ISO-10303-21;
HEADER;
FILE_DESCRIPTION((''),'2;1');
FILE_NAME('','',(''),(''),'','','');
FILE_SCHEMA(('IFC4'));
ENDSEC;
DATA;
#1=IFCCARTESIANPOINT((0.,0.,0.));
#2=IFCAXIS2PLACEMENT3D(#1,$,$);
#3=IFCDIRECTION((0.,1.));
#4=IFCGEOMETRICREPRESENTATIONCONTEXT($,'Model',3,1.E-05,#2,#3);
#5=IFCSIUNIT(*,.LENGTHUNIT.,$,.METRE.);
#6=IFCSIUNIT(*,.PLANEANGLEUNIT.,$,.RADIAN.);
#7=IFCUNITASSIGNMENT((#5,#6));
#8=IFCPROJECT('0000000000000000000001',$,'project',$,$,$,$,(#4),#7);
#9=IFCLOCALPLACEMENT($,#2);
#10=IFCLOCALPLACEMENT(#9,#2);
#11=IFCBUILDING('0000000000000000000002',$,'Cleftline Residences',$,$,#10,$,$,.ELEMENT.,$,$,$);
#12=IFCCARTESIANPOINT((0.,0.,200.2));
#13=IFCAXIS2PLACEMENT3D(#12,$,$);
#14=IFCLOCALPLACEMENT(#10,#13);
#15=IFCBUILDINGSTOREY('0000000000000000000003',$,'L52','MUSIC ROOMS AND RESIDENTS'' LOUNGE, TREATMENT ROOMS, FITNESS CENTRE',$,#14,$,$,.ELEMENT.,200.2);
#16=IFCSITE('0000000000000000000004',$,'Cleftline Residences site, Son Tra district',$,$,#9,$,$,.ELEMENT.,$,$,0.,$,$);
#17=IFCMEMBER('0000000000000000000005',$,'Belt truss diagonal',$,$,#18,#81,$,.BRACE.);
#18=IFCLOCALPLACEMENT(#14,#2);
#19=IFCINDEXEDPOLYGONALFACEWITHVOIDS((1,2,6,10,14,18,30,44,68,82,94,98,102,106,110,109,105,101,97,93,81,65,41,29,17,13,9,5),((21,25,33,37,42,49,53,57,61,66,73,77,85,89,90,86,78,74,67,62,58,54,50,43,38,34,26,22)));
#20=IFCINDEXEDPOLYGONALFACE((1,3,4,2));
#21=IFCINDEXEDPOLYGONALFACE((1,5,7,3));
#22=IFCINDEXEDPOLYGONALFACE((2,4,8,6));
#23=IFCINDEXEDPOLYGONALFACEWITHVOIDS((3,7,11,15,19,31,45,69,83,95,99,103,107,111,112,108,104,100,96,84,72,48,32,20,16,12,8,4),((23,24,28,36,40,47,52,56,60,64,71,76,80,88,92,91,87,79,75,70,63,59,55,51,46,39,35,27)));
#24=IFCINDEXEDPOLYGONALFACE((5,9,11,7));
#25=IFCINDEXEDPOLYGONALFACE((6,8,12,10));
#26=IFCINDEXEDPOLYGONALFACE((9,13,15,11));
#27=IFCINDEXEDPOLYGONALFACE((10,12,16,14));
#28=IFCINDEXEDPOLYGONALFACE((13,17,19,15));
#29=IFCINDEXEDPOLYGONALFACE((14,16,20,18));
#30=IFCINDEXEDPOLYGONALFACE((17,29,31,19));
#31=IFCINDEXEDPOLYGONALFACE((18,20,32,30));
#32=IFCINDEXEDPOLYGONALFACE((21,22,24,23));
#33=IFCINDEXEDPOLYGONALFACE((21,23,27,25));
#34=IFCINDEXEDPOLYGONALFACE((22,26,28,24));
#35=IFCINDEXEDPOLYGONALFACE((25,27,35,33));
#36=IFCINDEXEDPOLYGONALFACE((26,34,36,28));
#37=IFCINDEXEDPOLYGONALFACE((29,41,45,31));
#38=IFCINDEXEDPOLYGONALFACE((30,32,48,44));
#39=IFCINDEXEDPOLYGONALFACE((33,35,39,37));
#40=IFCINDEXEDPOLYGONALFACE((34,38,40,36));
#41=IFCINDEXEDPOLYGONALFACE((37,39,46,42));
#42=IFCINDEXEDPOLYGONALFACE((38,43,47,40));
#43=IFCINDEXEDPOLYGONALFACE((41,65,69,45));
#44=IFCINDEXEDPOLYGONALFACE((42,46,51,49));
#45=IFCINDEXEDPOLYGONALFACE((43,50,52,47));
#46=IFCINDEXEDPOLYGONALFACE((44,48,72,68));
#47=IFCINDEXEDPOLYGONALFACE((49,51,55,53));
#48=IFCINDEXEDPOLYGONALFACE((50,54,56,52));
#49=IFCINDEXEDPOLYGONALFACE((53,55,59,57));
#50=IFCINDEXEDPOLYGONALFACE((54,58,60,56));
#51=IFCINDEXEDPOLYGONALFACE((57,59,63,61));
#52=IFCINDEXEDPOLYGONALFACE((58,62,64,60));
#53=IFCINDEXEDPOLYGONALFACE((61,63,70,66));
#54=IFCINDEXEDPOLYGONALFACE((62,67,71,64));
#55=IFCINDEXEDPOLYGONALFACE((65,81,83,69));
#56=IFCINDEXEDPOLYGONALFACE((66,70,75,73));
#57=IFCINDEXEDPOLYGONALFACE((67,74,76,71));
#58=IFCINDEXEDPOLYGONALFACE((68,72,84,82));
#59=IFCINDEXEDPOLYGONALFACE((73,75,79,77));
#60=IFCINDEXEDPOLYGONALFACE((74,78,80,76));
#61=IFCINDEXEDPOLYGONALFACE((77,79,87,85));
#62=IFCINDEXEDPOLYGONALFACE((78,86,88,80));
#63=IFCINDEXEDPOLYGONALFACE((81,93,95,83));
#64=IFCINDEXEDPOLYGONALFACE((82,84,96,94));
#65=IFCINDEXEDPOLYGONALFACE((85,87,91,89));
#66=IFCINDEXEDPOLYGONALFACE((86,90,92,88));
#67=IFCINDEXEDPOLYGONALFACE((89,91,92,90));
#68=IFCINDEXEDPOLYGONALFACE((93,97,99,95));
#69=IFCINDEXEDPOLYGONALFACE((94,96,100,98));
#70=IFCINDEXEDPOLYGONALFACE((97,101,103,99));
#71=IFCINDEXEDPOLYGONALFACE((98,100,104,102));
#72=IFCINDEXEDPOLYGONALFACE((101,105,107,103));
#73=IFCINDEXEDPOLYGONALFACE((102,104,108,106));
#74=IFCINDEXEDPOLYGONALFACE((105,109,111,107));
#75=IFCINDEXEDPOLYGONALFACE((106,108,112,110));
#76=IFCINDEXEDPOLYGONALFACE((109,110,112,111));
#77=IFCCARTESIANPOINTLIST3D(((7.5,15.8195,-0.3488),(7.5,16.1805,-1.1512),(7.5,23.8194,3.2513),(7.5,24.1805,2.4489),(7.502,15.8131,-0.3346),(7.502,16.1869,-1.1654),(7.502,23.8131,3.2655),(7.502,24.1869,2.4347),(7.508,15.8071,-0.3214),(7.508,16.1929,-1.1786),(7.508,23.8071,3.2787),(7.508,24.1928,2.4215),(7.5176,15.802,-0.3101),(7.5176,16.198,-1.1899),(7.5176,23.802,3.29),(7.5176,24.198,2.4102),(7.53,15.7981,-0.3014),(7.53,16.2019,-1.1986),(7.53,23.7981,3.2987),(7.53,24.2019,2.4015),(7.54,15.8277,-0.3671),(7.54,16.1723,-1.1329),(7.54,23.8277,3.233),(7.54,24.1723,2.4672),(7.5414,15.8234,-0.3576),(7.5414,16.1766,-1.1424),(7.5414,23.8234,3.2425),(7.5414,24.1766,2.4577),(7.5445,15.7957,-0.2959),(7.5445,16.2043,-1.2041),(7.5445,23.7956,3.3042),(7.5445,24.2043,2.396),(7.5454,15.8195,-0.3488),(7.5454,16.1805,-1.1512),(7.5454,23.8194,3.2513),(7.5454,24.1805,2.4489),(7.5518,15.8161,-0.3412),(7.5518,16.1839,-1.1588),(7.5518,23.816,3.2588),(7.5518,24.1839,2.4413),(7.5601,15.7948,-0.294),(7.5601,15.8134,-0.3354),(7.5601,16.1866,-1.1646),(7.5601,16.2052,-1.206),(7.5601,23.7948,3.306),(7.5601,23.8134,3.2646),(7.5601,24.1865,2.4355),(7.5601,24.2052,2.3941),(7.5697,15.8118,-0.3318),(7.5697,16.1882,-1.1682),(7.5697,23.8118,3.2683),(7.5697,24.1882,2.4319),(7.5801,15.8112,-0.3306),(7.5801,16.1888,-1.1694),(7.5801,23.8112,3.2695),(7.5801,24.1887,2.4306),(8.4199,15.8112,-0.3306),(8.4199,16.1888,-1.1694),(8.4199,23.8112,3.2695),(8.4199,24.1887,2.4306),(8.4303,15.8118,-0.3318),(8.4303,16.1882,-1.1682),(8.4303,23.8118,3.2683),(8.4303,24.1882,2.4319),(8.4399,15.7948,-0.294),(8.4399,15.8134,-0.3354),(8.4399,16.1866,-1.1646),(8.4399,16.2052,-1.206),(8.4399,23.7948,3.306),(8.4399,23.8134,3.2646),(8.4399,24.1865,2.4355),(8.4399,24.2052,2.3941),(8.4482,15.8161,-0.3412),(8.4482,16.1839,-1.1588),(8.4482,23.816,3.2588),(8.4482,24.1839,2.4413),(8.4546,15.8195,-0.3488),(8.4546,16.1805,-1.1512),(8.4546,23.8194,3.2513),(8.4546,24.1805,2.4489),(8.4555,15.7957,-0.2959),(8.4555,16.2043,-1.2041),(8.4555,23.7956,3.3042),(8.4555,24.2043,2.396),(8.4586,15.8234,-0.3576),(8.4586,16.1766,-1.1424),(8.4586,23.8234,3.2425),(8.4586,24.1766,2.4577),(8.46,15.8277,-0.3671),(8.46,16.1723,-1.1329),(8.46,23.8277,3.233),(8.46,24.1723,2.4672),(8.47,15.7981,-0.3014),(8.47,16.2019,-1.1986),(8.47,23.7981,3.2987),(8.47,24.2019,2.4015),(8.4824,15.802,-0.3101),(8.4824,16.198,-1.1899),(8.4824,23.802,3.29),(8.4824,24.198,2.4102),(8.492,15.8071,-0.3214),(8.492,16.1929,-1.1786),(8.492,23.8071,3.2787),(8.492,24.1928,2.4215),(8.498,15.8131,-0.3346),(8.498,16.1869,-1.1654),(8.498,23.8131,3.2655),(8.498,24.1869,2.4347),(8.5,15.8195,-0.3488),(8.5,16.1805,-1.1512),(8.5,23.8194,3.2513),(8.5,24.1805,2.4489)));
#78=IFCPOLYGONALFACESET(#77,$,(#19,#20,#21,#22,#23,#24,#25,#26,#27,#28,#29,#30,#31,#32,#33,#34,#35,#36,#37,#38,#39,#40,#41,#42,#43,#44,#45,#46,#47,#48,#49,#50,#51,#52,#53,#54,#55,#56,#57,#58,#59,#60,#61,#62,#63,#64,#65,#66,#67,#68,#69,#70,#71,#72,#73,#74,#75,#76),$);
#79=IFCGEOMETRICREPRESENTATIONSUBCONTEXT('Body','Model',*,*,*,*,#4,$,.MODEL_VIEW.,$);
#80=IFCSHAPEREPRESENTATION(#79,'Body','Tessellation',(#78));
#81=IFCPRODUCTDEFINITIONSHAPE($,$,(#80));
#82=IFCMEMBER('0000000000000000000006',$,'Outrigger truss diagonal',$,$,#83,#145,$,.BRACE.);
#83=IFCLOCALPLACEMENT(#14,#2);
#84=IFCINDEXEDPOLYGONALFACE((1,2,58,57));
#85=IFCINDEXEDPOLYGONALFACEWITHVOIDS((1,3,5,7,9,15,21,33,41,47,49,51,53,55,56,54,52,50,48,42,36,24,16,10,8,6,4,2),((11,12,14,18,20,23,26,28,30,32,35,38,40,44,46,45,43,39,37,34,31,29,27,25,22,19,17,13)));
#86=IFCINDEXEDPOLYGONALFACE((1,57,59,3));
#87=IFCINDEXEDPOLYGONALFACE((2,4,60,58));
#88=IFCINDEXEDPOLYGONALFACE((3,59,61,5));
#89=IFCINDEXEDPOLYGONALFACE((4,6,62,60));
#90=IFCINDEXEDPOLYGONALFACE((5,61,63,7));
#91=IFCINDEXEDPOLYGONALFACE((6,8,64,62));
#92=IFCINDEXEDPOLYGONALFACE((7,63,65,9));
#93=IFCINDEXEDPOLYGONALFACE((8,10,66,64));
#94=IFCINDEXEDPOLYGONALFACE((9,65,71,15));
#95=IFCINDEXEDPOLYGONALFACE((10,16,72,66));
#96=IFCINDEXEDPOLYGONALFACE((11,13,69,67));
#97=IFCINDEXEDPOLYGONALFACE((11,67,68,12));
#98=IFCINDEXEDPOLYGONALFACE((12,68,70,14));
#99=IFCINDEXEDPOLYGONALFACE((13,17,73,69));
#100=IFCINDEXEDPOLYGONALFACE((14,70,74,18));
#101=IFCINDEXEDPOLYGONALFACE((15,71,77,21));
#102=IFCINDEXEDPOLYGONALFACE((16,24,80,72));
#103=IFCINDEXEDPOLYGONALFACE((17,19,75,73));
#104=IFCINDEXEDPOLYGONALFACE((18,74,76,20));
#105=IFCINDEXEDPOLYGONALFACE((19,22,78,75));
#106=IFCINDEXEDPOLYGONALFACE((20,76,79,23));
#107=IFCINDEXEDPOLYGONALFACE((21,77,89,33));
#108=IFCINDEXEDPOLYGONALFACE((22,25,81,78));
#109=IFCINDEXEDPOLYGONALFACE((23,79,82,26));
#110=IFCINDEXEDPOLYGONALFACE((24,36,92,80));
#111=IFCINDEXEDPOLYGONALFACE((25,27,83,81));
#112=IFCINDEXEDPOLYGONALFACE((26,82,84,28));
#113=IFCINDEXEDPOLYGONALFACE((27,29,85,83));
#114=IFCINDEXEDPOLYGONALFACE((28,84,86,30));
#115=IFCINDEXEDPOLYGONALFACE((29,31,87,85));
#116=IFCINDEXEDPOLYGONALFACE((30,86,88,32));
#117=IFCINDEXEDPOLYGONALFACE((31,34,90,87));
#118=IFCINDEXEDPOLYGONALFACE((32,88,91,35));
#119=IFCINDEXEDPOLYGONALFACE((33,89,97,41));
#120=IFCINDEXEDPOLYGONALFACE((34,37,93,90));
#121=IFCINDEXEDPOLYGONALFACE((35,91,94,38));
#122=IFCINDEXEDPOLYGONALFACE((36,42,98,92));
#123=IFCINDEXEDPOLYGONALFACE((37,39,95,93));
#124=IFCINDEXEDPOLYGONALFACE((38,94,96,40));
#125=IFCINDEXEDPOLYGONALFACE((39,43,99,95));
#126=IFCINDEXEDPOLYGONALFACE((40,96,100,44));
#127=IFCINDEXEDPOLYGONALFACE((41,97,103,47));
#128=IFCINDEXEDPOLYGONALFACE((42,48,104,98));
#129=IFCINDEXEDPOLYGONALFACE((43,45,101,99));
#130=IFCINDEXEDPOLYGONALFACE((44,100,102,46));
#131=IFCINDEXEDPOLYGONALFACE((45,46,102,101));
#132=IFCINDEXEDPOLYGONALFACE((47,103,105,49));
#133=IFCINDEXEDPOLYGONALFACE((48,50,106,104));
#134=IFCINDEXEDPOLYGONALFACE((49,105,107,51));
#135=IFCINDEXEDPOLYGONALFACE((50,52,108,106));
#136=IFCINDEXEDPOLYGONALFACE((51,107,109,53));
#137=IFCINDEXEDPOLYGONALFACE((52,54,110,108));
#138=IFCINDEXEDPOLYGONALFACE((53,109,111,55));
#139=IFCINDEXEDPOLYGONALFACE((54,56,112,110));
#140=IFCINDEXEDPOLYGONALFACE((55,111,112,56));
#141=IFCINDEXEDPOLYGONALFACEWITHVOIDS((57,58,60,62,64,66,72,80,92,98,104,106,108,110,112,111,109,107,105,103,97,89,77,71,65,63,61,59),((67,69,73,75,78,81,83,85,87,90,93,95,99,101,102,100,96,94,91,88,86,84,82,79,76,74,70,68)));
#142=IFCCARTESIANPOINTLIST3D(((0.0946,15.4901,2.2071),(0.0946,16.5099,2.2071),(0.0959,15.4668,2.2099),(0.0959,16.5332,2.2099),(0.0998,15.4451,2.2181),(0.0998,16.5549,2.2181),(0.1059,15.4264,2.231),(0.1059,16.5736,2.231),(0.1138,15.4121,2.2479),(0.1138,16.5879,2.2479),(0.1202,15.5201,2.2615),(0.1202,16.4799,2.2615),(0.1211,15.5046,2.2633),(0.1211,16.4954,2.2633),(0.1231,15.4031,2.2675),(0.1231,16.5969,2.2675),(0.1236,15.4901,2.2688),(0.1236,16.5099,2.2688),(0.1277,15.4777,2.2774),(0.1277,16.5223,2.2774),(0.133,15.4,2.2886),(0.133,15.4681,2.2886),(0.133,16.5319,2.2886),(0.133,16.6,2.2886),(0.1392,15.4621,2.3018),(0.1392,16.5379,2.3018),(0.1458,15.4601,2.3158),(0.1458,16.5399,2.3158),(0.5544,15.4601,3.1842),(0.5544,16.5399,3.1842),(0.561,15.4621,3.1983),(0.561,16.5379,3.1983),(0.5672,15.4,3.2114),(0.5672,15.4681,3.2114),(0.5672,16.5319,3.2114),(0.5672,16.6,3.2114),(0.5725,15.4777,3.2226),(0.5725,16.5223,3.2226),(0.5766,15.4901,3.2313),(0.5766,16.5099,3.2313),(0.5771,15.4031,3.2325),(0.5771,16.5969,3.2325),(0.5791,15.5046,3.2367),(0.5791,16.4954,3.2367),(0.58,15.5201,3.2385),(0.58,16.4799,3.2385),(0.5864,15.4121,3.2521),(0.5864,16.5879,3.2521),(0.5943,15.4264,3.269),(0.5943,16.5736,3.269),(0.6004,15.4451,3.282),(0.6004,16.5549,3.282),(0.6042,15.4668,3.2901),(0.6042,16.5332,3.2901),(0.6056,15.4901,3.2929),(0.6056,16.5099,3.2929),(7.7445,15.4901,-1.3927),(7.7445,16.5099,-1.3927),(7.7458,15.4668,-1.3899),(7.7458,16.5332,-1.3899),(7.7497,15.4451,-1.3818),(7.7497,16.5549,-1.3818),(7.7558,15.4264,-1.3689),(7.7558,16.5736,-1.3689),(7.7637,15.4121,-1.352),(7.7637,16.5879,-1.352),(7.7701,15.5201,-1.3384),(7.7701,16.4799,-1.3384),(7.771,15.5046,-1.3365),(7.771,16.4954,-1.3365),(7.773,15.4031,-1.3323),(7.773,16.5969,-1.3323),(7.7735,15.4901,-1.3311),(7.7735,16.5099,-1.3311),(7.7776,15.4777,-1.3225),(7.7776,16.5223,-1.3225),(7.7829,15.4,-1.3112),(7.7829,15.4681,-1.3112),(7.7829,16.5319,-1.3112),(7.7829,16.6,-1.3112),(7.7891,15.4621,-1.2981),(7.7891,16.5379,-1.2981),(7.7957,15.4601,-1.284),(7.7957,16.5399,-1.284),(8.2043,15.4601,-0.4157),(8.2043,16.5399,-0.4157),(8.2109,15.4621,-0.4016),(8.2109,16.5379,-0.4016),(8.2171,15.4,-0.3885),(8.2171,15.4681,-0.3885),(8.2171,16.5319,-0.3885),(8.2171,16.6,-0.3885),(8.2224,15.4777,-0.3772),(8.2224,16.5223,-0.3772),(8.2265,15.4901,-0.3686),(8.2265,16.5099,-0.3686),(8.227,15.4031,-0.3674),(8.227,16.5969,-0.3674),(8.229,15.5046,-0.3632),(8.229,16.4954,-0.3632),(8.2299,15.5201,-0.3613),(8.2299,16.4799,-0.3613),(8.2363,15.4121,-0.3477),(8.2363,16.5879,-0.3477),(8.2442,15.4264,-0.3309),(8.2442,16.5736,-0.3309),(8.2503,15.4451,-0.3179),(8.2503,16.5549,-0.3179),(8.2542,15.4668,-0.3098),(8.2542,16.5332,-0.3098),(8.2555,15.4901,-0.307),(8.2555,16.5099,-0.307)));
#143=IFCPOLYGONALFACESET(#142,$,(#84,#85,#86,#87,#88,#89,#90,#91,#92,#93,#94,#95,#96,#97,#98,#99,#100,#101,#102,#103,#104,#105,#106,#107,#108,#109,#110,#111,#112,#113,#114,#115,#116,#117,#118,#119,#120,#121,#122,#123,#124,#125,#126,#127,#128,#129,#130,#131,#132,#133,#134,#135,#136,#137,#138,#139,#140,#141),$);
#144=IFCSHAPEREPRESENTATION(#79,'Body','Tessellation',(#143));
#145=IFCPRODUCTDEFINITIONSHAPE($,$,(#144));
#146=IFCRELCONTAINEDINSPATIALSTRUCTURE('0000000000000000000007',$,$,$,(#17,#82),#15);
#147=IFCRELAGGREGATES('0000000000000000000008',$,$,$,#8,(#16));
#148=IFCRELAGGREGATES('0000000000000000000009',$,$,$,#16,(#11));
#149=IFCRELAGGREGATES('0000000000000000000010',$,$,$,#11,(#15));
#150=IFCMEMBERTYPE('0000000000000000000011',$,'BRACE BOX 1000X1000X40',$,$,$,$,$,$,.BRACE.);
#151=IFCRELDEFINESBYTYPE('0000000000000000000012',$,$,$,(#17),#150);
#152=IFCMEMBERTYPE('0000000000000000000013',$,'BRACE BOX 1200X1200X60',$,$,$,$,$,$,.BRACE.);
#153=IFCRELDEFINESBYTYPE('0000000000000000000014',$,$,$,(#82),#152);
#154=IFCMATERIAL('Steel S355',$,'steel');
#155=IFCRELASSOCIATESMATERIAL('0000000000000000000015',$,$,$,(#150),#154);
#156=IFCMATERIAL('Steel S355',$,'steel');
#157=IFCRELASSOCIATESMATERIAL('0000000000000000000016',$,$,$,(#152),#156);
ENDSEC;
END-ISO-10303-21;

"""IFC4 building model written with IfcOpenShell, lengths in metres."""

from ifc_helpers import new_model, si_unit, direction, frame, origin, origin_2d, place, context, subcontext, project, spatial, hollow_rectangle, extrude, material, material_profile, profile_set, type_object, element, save


model = new_model("IFC4")

# Units and contexts
model_context = context("Model", 3, precision=1e-05, world=origin(), true_north=direction((0.0, 1.0)))
body_context = subcontext(model_context, "Body", "Model", "MODEL_VIEW")
ifc_project = project(units=[si_unit("LENGTHUNIT", "METRE"), si_unit("PLANEANGLEUNIT", "RADIAN")], contexts=[model_context])

# Site, building, storey
site_placement = place(None, origin())
site = spatial("IfcSite", under=ifc_project, at=site_placement, Name="Cleftline Residences site, Son Tra district", CompositionType="ELEMENT", RefElevation=0.0)
building_placement = place(site_placement, origin())
building = spatial("IfcBuilding", under=site, at=building_placement, Name="Cleftline Residences", CompositionType="ELEMENT")
storey_placement = place(building_placement, frame((0.0, 0.0, 200.2)))
storey = spatial("IfcBuildingStorey", under=building, at=storey_placement, Name="L52", Description="MUSIC ROOMS AND RESIDENTS' LOUNGE, TREATMENT ROOMS, FITNESS CENTRE", CompositionType="ELEMENT", Elevation=200.2)

# Members
ifc_material_1 = material(Name="Steel S355", Category="steel")
ifc_material_profile_1 = material_profile(ifc_material_1, hollow_rectangle(XDim=1.0, YDim=1.0, WallThickness=0.04, InnerFilletRadius=0.04, OuterFilletRadius=0.0601, at=origin_2d()))
ifc_profile_set_1 = profile_set([ifc_material_profile_1], Name="Steel S355")
member_type_1 = type_object("IfcMemberType", Name="BRACE BOX 1000X1000X40", PredefinedType="BRACE", material=ifc_profile_set_1)
for number, where, z_axis, x_axis, name in (
    (1, (8.0, 16.0, -0.75), (0.0, 0.911917, 0.410374), (0.0, -0.410374, 0.911917), "Belt truss diagonal"),
):
    element("IfcMember", number, at=place(storey_placement, frame(where, z_axis=z_axis, x_axis=x_axis)), inside=storey, type_object=member_type_1, Name=name, PredefinedType="BRACE", context=body_context, shape_type="SweptSolid", body=[
        extrude(hollow_rectangle(XDim=1.0, YDim=1.0, WallThickness=0.04, InnerFilletRadius=0.04, OuterFilletRadius=0.0601, at=origin_2d()), origin(), (0.0, 0.0, 1.0), 8.7727),
    ])
ifc_material_2 = material(Name="Steel S355", Category="steel")
ifc_material_profile_2 = material_profile(ifc_material_2, hollow_rectangle(XDim=1.2, YDim=1.2, WallThickness=0.0601, InnerFilletRadius=0.0601, OuterFilletRadius=0.0901, at=origin_2d()))
ifc_profile_set_2 = profile_set([ifc_material_profile_2], Name="Steel S355")
member_type_2 = type_object("IfcMemberType", Name="BRACE BOX 1200X1200X60", PredefinedType="BRACE", material=ifc_profile_set_2)
member_1_placement = place(storey_placement, frame((8.0, 16.0, -0.8499), z_axis=(-0.904823, 0.0, 0.425787), x_axis=(0.425787, 0.0, 0.904823)))
element("IfcMember", 2, at=member_1_placement, inside=storey, type_object=member_type_2, Name="Outrigger truss diagonal", PredefinedType="BRACE", context=body_context, shape_type="SweptSolid", body=[
    extrude(hollow_rectangle(XDim=1.2, YDim=1.2, WallThickness=0.0601, InnerFilletRadius=0.0601, OuterFilletRadius=0.0901, at=origin_2d()), origin(), (0.0, 0.0, 1.0), 8.4546),
])

save(model, "model.ifc")
